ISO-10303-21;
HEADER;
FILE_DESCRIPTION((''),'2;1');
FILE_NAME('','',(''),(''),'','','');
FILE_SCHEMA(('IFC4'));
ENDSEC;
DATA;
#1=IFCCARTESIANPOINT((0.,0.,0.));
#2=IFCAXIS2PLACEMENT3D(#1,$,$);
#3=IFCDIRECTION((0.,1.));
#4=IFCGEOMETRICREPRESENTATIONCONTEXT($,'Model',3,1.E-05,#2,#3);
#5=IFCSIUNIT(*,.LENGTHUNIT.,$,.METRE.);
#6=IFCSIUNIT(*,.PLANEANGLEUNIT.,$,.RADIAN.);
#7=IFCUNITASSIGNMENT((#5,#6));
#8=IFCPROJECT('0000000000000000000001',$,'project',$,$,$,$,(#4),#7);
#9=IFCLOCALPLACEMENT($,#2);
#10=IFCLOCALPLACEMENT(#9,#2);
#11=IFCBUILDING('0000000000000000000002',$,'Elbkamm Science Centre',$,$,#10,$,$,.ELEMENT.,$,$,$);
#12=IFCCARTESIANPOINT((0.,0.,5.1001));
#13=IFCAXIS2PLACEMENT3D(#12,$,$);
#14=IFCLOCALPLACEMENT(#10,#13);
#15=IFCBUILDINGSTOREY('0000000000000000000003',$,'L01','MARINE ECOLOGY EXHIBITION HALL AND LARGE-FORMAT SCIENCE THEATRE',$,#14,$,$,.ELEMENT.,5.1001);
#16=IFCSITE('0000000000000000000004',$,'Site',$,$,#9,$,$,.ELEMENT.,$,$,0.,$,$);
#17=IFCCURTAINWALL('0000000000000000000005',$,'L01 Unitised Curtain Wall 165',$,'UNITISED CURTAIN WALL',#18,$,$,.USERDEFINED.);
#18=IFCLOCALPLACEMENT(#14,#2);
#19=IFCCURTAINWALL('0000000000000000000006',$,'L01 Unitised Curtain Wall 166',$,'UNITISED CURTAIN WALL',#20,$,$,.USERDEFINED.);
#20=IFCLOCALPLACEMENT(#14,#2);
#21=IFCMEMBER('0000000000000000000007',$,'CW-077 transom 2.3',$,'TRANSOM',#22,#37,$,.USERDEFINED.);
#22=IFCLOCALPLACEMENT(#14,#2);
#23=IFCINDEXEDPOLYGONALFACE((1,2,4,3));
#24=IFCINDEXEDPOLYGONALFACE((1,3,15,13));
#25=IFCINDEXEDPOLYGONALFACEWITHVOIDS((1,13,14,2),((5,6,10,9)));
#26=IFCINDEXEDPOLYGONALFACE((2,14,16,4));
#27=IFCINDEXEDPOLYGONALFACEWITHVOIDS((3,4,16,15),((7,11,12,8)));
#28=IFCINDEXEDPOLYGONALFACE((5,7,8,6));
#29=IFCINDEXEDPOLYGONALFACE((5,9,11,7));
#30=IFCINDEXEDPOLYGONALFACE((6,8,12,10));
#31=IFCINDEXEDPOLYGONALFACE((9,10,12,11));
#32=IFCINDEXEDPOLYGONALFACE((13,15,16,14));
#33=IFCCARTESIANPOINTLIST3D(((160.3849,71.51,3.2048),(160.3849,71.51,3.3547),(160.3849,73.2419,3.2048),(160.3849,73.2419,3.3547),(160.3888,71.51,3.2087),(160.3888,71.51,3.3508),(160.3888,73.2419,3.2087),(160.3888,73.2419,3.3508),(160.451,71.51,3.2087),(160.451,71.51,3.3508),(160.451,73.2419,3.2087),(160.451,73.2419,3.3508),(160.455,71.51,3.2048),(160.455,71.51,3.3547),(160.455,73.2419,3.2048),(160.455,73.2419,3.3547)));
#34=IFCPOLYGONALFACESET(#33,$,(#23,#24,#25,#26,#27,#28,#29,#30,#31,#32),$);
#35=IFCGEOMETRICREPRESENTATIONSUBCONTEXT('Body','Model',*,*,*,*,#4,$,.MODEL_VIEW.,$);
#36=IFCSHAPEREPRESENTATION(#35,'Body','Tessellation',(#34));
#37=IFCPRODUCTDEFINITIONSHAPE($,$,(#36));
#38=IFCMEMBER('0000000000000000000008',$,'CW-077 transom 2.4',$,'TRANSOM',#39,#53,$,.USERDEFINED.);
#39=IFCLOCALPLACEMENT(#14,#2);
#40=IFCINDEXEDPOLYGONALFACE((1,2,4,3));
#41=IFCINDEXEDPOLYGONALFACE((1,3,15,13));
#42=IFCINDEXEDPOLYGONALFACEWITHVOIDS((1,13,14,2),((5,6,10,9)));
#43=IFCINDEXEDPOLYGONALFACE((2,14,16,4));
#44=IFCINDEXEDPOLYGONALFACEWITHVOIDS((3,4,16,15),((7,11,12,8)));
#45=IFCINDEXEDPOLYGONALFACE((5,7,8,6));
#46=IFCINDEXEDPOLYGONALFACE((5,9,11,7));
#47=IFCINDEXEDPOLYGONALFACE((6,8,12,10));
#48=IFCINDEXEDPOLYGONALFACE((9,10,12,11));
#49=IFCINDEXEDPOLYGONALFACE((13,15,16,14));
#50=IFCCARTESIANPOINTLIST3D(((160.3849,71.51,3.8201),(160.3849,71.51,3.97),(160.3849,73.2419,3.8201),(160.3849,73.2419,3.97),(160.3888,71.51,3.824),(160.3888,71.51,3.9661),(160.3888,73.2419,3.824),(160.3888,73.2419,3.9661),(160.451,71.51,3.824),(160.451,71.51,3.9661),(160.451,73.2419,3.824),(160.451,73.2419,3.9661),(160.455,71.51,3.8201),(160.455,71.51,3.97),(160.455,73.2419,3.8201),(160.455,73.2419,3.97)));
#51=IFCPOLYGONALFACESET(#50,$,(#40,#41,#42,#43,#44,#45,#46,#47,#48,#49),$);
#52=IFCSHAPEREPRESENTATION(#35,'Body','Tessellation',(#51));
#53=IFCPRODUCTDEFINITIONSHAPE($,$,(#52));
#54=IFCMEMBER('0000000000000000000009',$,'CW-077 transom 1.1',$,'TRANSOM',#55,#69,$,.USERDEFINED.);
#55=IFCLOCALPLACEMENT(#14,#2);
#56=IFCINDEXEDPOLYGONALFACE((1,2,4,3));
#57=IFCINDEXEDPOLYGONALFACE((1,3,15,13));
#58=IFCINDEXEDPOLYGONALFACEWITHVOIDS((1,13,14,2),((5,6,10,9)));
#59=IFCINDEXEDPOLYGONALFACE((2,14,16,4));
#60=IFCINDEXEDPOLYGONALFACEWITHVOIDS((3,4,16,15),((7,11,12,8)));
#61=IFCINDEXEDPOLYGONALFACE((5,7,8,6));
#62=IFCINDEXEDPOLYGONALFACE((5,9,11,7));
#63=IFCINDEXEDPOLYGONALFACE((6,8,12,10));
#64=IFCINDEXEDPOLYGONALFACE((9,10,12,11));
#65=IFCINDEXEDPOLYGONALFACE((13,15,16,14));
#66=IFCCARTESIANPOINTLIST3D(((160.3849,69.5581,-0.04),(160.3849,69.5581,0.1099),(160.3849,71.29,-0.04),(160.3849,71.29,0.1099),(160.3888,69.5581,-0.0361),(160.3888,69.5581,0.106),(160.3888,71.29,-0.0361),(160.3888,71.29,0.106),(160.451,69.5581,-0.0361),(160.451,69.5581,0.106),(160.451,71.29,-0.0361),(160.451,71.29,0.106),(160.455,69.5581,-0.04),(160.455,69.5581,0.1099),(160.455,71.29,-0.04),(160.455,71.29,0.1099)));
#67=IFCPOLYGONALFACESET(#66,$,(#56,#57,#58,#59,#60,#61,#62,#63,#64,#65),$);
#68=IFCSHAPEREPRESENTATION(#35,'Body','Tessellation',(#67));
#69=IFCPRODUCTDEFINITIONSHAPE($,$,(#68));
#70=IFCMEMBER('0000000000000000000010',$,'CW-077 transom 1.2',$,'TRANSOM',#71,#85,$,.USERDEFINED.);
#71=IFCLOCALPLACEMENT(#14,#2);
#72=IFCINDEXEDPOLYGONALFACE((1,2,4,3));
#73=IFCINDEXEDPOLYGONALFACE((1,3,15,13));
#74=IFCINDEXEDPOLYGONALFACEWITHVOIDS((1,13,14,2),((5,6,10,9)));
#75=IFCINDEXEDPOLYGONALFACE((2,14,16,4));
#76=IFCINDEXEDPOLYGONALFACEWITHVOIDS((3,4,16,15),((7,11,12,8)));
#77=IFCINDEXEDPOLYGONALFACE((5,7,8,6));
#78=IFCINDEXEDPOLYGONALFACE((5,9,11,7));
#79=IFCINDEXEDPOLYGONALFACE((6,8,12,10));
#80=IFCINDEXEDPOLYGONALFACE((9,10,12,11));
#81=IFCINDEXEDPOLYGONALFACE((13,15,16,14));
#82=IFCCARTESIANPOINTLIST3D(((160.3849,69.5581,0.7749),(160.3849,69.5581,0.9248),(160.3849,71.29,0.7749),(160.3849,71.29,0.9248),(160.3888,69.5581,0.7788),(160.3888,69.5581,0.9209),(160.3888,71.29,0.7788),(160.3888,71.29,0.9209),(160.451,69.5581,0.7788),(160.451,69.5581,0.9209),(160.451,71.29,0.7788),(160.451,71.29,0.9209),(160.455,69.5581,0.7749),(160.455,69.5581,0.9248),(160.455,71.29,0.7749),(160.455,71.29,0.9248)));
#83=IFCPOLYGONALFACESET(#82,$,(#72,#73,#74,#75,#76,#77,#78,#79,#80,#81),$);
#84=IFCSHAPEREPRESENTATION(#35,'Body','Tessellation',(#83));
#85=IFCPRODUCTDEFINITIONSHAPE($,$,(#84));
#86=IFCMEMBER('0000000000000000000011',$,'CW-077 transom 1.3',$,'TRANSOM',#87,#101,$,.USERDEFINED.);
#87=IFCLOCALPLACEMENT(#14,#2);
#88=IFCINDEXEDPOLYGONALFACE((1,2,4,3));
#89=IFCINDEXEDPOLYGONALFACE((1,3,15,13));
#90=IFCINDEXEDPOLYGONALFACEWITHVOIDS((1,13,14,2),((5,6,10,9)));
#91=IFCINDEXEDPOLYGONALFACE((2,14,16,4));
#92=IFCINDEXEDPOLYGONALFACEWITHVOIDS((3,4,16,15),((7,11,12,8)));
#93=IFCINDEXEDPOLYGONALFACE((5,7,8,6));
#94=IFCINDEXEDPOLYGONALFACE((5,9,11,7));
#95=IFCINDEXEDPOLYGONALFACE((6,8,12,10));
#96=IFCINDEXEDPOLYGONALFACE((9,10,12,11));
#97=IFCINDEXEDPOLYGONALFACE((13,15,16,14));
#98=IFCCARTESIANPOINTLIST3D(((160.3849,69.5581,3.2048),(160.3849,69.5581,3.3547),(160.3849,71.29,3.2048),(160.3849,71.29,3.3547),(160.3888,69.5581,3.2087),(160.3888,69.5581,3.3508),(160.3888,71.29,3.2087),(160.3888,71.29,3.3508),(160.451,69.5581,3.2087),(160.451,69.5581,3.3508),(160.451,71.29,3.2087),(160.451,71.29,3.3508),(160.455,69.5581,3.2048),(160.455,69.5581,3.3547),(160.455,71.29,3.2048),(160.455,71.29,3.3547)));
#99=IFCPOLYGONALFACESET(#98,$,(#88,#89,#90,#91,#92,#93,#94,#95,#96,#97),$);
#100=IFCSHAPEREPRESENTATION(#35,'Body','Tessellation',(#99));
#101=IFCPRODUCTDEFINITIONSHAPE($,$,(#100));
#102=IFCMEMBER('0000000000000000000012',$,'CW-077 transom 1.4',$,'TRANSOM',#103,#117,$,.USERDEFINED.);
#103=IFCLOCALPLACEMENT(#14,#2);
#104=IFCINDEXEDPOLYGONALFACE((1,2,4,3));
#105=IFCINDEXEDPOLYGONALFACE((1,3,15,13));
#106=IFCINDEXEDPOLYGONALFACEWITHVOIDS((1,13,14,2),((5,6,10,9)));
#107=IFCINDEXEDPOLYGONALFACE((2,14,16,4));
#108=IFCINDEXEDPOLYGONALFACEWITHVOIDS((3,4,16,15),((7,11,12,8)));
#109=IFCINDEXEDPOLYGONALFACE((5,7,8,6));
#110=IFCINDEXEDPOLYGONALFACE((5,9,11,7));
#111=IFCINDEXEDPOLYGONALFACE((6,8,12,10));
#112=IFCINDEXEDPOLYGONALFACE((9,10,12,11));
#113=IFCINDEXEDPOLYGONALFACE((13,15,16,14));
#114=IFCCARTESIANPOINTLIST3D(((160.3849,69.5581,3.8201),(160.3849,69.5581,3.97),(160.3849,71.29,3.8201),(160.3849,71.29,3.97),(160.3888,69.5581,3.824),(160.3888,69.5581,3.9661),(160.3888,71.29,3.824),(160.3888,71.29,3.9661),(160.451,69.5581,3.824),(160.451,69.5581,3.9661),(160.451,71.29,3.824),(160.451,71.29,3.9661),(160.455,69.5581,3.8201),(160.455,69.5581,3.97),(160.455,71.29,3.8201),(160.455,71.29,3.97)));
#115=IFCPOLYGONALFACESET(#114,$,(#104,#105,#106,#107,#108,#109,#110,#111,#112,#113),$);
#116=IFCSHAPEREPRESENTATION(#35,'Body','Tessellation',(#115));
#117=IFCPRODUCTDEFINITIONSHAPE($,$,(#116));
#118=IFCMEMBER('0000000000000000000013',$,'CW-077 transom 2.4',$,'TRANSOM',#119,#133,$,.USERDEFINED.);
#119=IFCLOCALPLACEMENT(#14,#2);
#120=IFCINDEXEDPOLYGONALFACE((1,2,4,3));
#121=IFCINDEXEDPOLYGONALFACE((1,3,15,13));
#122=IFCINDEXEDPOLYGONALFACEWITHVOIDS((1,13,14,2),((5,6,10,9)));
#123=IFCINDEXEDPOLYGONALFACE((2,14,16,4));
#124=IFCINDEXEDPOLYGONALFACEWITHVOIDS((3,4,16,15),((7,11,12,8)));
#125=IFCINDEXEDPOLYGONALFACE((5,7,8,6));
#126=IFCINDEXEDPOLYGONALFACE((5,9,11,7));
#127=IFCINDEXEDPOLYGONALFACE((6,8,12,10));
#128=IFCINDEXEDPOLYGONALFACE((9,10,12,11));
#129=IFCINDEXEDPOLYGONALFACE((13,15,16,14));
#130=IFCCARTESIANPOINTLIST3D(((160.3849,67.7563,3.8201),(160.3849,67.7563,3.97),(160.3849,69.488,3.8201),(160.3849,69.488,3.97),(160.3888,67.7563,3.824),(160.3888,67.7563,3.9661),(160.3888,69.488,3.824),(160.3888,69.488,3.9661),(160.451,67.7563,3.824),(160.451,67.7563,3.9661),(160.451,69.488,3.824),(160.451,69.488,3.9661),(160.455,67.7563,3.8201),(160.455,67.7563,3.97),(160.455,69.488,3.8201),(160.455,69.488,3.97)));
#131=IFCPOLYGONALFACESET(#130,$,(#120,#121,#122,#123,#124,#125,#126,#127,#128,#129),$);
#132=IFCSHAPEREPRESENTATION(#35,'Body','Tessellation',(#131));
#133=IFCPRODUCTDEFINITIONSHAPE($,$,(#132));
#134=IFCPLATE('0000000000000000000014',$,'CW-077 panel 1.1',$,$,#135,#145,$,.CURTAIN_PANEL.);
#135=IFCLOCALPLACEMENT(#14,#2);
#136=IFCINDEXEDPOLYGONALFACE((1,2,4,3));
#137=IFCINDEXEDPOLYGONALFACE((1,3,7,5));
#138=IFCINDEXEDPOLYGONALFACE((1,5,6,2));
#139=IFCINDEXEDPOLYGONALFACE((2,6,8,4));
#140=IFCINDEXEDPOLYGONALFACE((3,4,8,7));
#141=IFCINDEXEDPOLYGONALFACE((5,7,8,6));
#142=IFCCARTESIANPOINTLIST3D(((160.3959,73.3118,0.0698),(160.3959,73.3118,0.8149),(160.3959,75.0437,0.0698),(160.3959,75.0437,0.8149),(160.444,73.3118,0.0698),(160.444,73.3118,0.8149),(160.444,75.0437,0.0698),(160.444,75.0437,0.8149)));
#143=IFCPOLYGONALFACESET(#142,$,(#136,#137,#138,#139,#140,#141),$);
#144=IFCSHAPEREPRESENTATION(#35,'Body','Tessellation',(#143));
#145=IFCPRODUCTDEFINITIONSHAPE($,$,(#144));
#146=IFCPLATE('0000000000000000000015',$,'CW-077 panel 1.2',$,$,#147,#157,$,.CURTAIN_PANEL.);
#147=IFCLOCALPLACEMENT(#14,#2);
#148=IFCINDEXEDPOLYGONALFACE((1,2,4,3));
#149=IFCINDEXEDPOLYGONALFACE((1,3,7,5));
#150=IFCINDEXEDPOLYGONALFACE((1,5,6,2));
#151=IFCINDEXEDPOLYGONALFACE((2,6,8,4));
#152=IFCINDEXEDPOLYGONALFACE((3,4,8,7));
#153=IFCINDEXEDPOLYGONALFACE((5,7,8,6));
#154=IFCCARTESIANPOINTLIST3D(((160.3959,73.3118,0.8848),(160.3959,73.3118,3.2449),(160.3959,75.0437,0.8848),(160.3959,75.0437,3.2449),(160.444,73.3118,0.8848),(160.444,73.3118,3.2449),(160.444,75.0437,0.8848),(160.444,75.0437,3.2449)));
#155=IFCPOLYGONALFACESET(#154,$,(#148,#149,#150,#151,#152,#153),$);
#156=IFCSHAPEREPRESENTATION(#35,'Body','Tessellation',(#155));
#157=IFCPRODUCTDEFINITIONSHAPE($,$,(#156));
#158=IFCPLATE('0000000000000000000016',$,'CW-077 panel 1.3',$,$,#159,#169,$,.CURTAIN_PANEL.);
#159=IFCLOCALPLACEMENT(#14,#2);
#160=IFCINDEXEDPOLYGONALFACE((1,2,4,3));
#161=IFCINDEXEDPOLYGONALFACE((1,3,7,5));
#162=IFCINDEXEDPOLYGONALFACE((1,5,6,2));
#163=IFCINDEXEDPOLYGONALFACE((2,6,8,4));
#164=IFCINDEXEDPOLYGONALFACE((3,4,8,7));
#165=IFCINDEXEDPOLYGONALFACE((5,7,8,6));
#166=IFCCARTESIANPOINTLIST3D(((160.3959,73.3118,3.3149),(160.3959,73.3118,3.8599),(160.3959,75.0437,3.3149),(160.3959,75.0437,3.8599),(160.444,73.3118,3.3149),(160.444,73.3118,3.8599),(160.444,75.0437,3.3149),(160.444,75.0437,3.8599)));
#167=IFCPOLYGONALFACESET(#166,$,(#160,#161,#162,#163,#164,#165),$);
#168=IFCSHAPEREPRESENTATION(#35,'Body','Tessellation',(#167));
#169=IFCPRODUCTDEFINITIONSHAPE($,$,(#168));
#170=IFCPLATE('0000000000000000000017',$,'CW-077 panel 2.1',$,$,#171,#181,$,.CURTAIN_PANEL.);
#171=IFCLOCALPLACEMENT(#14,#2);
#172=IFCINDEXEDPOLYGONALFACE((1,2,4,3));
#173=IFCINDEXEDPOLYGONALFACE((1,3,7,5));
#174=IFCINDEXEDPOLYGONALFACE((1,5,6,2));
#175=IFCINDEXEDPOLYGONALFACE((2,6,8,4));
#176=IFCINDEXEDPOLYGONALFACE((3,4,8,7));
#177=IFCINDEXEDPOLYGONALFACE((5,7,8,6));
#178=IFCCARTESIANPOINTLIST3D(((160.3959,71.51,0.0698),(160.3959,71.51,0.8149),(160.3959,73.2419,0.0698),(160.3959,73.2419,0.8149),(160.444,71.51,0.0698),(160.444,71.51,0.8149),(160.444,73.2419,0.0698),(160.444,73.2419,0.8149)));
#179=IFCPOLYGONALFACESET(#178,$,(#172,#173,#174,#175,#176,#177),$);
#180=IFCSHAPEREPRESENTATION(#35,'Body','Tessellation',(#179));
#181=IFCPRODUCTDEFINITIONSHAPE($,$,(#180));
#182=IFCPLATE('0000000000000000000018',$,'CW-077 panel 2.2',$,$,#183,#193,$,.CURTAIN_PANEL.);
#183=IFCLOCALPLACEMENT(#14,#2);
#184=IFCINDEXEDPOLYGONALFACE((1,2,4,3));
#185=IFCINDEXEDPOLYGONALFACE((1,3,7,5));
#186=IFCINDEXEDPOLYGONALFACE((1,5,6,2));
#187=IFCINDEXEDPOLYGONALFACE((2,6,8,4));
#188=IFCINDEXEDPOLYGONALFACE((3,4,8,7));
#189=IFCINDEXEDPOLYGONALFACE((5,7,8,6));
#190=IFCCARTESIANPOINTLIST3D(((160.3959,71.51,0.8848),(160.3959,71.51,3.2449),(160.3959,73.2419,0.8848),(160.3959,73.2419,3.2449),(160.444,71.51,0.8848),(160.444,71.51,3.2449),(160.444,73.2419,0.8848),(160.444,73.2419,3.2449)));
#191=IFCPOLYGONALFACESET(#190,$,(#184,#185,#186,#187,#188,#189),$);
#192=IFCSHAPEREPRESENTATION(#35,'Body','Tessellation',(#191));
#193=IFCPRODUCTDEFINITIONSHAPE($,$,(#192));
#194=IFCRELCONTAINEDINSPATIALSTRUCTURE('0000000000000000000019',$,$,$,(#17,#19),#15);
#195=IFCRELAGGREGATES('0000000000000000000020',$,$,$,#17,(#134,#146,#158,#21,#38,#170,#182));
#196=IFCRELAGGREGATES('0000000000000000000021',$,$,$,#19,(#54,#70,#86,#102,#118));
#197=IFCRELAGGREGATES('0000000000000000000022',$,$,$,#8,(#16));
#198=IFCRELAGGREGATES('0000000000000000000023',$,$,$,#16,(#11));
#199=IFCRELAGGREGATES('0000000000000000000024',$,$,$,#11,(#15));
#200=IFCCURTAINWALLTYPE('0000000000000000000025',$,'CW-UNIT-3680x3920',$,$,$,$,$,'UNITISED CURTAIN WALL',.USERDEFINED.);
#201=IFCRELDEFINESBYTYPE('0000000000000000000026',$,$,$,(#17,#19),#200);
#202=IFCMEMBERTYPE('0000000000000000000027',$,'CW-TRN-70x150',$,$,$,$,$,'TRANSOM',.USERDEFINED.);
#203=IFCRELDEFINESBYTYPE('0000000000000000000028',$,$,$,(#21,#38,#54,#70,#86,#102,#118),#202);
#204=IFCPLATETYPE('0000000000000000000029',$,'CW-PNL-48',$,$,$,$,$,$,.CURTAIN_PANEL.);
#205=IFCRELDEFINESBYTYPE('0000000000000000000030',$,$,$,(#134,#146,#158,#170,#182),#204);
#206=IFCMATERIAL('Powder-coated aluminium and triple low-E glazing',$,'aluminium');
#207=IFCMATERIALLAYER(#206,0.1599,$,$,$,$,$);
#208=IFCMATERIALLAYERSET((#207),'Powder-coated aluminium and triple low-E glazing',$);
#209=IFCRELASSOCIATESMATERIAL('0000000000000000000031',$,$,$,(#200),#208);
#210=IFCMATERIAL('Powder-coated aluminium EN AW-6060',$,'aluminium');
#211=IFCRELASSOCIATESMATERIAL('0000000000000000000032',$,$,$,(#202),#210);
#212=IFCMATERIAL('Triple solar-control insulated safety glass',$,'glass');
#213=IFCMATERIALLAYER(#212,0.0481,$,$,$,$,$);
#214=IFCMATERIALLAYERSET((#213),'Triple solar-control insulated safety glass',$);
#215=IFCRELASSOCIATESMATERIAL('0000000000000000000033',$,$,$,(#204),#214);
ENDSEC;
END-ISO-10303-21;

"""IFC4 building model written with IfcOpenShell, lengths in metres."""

from ifc_helpers import new_model, si_unit, direction, frame, origin, origin_2d, place, context, subcontext, project, spatial, rectangle, hollow_rectangle, extrude, material, layer, layer_set, material_profile, profile_set, type_object, element, aggregate, save


model = new_model("IFC4")

# Units and contexts
model_context = context("Model", 3, precision=1e-05, world=origin(), true_north=direction((0.0, 1.0)))
body_context = subcontext(model_context, "Body", "Model", "MODEL_VIEW")
ifc_project = project(units=[si_unit("LENGTHUNIT", "METRE"), si_unit("PLANEANGLEUNIT", "RADIAN")], contexts=[model_context])

# Site, building, storey
site_placement = place(None, origin())
site = spatial("IfcSite", under=ifc_project, at=site_placement, Name="Site", CompositionType="ELEMENT", RefElevation=0.0)
building_placement = place(site_placement, origin())
building = spatial("IfcBuilding", under=site, at=building_placement, Name="Elbkamm Science Centre", CompositionType="ELEMENT")
storey_placement = place(building_placement, frame((0.0, 0.0, 5.1001)))
storey = spatial("IfcBuildingStorey", under=building, at=storey_placement, Name="L01", Description="MARINE ECOLOGY EXHIBITION HALL AND LARGE-FORMAT SCIENCE THEATRE", CompositionType="ELEMENT", Elevation=5.1001)

# Curtain walls
ifc_material_1 = material(Name="Powder-coated aluminium and triple low-E glazing", Category="aluminium")
ifc_layer_1 = layer(ifc_material_1, 0.1599)
ifc_layer_set_1 = layer_set([ifc_layer_1], Name="Powder-coated aluminium and triple low-E glazing")
curtain_wall_type = type_object("IfcCurtainWallType", Name="CW-UNIT-3680x3920", ElementType="UNITISED CURTAIN WALL", PredefinedType="USERDEFINED", material=ifc_layer_set_1)
curtain_wall_1_placement = place(storey_placement, origin())
curtain_wall_1 = element("IfcCurtainWall", 1, at=curtain_wall_1_placement, inside=storey, type_object=curtain_wall_type, Name="L01 Unitised Curtain Wall 165", ObjectType="UNITISED CURTAIN WALL", PredefinedType="USERDEFINED")
ifc_material_2 = material(Name="Powder-coated aluminium EN AW-6060", Category="aluminium")
curtain_wall_2_placement = place(storey_placement, origin())
curtain_wall_2 = element("IfcCurtainWall", 2, at=curtain_wall_2_placement, inside=storey, type_object=curtain_wall_type, Name="L01 Unitised Curtain Wall 166", ObjectType="UNITISED CURTAIN WALL", PredefinedType="USERDEFINED")

# Members
ifc_material_profile_1 = material_profile(ifc_material_2, hollow_rectangle(XDim=0.0701, YDim=0.1499, WallThickness=0.0039, at=origin_2d()), Name="ALU T70x150")
ifc_profile_set_1 = profile_set([ifc_material_profile_1], Name="Powder-coated aluminium EN AW-6060")
member_type_1 = type_object("IfcMemberType", Name="CW-TRN-70x150", ElementType="TRANSOM", PredefinedType="USERDEFINED", material=ifc_profile_set_1)
member_1_placement = place(storey_placement, frame((160.4199, 73.2419, 3.2798), z_axis=(0.0, -1.0, 0.0), x_axis=(1.0, 0.0, 0.0)))
member_1 = element("IfcMember", 3, at=member_1_placement, type_object=member_type_1, Name="CW-077 transom 2.3", ObjectType="TRANSOM", PredefinedType="USERDEFINED", context=body_context, shape_type="SweptSolid", body=[
    extrude(hollow_rectangle(XDim=0.0701, YDim=0.1499, WallThickness=0.0039, at=origin_2d()), origin(), (0.0, 0.0, 1.0), 1.7319),
])
member_2_placement = place(storey_placement, frame((160.4199, 73.2419, 3.895), z_axis=(0.0, -1.0, 0.0), x_axis=(1.0, 0.0, 0.0)))
member_2 = element("IfcMember", 4, at=member_2_placement, type_object=member_type_1, Name="CW-077 transom 2.4", ObjectType="TRANSOM", PredefinedType="USERDEFINED", context=body_context, shape_type="SweptSolid", body=[
    extrude(hollow_rectangle(XDim=0.0701, YDim=0.1499, WallThickness=0.0039, at=origin_2d()), origin(), (0.0, 0.0, 1.0), 1.7319),
])
member_3_placement = place(storey_placement, frame((160.4199, 71.29, 0.0349), z_axis=(0.0, -1.0, 0.0), x_axis=(1.0, 0.0, 0.0)))
member_3 = element("IfcMember", 5, at=member_3_placement, type_object=member_type_1, Name="CW-077 transom 1.1", ObjectType="TRANSOM", PredefinedType="USERDEFINED", context=body_context, shape_type="SweptSolid", body=[
    extrude(hollow_rectangle(XDim=0.0701, YDim=0.1499, WallThickness=0.0039, at=origin_2d()), origin(), (0.0, 0.0, 1.0), 1.7319),
])
member_4_placement = place(storey_placement, frame((160.4199, 71.29, 0.8499), z_axis=(0.0, -1.0, 0.0), x_axis=(1.0, 0.0, 0.0)))
member_4 = element("IfcMember", 6, at=member_4_placement, type_object=member_type_1, Name="CW-077 transom 1.2", ObjectType="TRANSOM", PredefinedType="USERDEFINED", context=body_context, shape_type="SweptSolid", body=[
    extrude(hollow_rectangle(XDim=0.0701, YDim=0.1499, WallThickness=0.0039, at=origin_2d()), origin(), (0.0, 0.0, 1.0), 1.7319),
])
member_5_placement = place(storey_placement, frame((160.4199, 71.29, 3.2798), z_axis=(0.0, -1.0, 0.0), x_axis=(1.0, 0.0, 0.0)))
member_5 = element("IfcMember", 7, at=member_5_placement, type_object=member_type_1, Name="CW-077 transom 1.3", ObjectType="TRANSOM", PredefinedType="USERDEFINED", context=body_context, shape_type="SweptSolid", body=[
    extrude(hollow_rectangle(XDim=0.0701, YDim=0.1499, WallThickness=0.0039, at=origin_2d()), origin(), (0.0, 0.0, 1.0), 1.7319),
])
member_6_placement = place(storey_placement, frame((160.4199, 71.29, 3.895), z_axis=(0.0, -1.0, 0.0), x_axis=(1.0, 0.0, 0.0)))
member_6 = element("IfcMember", 8, at=member_6_placement, type_object=member_type_1, Name="CW-077 transom 1.4", ObjectType="TRANSOM", PredefinedType="USERDEFINED", context=body_context, shape_type="SweptSolid", body=[
    extrude(hollow_rectangle(XDim=0.0701, YDim=0.1499, WallThickness=0.0039, at=origin_2d()), origin(), (0.0, 0.0, 1.0), 1.7319),
])
member_7_placement = place(storey_placement, frame((160.4199, 69.488, 3.895), z_axis=(0.0, -1.0, 0.0), x_axis=(1.0, 0.0, 0.0)))
member_7 = element("IfcMember", 9, at=member_7_placement, type_object=member_type_1, Name="CW-077 transom 2.4", ObjectType="TRANSOM", PredefinedType="USERDEFINED", context=body_context, shape_type="SweptSolid", body=[
    extrude(hollow_rectangle(XDim=0.0701, YDim=0.1499, WallThickness=0.0039, at=origin_2d()), origin(), (0.0, 0.0, 1.0), 1.7317),
])

# Plates
ifc_material_3 = material(Name="Triple solar-control insulated safety glass", Category="glass")
ifc_layer_2 = layer(ifc_material_3, 0.0481)
ifc_layer_set_2 = layer_set([ifc_layer_2], Name="Triple solar-control insulated safety glass")
plate_type = type_object("IfcPlateType", Name="CW-PNL-48", PredefinedType="CURTAIN_PANEL", material=ifc_layer_set_2)
plate_1_placement = place(storey_placement, frame((160.4199, 74.1777, 0.0698), z_axis=(0.0, 0.0, 1.0), x_axis=(0.0, -1.0, 0.0)))
plate_1 = element("IfcPlate", 10, at=plate_1_placement, type_object=plate_type, Name="CW-077 panel 1.1", PredefinedType="CURTAIN_PANEL", context=body_context, shape_type="SweptSolid", body=[
    extrude(rectangle(XDim=1.7319, YDim=0.0481, at=origin_2d()), origin(), (0.0, 0.0, 1.0), 0.7451),
])
plate_2_placement = place(storey_placement, frame((160.4199, 74.1777, 0.8848), z_axis=(0.0, 0.0, 1.0), x_axis=(0.0, -1.0, 0.0)))
plate_2 = element("IfcPlate", 11, at=plate_2_placement, type_object=plate_type, Name="CW-077 panel 1.2", PredefinedType="CURTAIN_PANEL", context=body_context, shape_type="SweptSolid", body=[
    extrude(rectangle(XDim=1.7319, YDim=0.0481, at=origin_2d()), origin(), (0.0, 0.0, 1.0), 2.3601),
])
plate_3_placement = place(storey_placement, frame((160.4199, 74.1777, 3.3149), z_axis=(0.0, 0.0, 1.0), x_axis=(0.0, -1.0, 0.0)))
plate_3 = element("IfcPlate", 12, at=plate_3_placement, type_object=plate_type, Name="CW-077 panel 1.3", PredefinedType="CURTAIN_PANEL", context=body_context, shape_type="SweptSolid", body=[
    extrude(rectangle(XDim=1.7319, YDim=0.0481, at=origin_2d()), origin(), (0.0, 0.0, 1.0), 0.5449),
])
plate_4_placement = place(storey_placement, frame((160.4199, 72.376, 0.0698), z_axis=(0.0, 0.0, 1.0), x_axis=(0.0, -1.0, 0.0)))
plate_4 = element("IfcPlate", 13, at=plate_4_placement, type_object=plate_type, Name="CW-077 panel 2.1", PredefinedType="CURTAIN_PANEL", context=body_context, shape_type="SweptSolid", body=[
    extrude(rectangle(XDim=1.7319, YDim=0.0481, at=origin_2d()), origin(), (0.0, 0.0, 1.0), 0.7451),
])
plate_5_placement = place(storey_placement, frame((160.4199, 72.376, 0.8848), z_axis=(0.0, 0.0, 1.0), x_axis=(0.0, -1.0, 0.0)))
plate_5 = element("IfcPlate", 14, at=plate_5_placement, type_object=plate_type, Name="CW-077 panel 2.2", PredefinedType="CURTAIN_PANEL", context=body_context, shape_type="SweptSolid", body=[
    extrude(rectangle(XDim=1.7319, YDim=0.0481, at=origin_2d()), origin(), (0.0, 0.0, 1.0), 2.3601),
])
aggregate(curtain_wall_1, [plate_1, plate_2, plate_3, member_1, member_2, plate_4, plate_5])
aggregate(curtain_wall_2, [member_3, member_4, member_5, member_6, member_7])

save(model, "model.ifc")
